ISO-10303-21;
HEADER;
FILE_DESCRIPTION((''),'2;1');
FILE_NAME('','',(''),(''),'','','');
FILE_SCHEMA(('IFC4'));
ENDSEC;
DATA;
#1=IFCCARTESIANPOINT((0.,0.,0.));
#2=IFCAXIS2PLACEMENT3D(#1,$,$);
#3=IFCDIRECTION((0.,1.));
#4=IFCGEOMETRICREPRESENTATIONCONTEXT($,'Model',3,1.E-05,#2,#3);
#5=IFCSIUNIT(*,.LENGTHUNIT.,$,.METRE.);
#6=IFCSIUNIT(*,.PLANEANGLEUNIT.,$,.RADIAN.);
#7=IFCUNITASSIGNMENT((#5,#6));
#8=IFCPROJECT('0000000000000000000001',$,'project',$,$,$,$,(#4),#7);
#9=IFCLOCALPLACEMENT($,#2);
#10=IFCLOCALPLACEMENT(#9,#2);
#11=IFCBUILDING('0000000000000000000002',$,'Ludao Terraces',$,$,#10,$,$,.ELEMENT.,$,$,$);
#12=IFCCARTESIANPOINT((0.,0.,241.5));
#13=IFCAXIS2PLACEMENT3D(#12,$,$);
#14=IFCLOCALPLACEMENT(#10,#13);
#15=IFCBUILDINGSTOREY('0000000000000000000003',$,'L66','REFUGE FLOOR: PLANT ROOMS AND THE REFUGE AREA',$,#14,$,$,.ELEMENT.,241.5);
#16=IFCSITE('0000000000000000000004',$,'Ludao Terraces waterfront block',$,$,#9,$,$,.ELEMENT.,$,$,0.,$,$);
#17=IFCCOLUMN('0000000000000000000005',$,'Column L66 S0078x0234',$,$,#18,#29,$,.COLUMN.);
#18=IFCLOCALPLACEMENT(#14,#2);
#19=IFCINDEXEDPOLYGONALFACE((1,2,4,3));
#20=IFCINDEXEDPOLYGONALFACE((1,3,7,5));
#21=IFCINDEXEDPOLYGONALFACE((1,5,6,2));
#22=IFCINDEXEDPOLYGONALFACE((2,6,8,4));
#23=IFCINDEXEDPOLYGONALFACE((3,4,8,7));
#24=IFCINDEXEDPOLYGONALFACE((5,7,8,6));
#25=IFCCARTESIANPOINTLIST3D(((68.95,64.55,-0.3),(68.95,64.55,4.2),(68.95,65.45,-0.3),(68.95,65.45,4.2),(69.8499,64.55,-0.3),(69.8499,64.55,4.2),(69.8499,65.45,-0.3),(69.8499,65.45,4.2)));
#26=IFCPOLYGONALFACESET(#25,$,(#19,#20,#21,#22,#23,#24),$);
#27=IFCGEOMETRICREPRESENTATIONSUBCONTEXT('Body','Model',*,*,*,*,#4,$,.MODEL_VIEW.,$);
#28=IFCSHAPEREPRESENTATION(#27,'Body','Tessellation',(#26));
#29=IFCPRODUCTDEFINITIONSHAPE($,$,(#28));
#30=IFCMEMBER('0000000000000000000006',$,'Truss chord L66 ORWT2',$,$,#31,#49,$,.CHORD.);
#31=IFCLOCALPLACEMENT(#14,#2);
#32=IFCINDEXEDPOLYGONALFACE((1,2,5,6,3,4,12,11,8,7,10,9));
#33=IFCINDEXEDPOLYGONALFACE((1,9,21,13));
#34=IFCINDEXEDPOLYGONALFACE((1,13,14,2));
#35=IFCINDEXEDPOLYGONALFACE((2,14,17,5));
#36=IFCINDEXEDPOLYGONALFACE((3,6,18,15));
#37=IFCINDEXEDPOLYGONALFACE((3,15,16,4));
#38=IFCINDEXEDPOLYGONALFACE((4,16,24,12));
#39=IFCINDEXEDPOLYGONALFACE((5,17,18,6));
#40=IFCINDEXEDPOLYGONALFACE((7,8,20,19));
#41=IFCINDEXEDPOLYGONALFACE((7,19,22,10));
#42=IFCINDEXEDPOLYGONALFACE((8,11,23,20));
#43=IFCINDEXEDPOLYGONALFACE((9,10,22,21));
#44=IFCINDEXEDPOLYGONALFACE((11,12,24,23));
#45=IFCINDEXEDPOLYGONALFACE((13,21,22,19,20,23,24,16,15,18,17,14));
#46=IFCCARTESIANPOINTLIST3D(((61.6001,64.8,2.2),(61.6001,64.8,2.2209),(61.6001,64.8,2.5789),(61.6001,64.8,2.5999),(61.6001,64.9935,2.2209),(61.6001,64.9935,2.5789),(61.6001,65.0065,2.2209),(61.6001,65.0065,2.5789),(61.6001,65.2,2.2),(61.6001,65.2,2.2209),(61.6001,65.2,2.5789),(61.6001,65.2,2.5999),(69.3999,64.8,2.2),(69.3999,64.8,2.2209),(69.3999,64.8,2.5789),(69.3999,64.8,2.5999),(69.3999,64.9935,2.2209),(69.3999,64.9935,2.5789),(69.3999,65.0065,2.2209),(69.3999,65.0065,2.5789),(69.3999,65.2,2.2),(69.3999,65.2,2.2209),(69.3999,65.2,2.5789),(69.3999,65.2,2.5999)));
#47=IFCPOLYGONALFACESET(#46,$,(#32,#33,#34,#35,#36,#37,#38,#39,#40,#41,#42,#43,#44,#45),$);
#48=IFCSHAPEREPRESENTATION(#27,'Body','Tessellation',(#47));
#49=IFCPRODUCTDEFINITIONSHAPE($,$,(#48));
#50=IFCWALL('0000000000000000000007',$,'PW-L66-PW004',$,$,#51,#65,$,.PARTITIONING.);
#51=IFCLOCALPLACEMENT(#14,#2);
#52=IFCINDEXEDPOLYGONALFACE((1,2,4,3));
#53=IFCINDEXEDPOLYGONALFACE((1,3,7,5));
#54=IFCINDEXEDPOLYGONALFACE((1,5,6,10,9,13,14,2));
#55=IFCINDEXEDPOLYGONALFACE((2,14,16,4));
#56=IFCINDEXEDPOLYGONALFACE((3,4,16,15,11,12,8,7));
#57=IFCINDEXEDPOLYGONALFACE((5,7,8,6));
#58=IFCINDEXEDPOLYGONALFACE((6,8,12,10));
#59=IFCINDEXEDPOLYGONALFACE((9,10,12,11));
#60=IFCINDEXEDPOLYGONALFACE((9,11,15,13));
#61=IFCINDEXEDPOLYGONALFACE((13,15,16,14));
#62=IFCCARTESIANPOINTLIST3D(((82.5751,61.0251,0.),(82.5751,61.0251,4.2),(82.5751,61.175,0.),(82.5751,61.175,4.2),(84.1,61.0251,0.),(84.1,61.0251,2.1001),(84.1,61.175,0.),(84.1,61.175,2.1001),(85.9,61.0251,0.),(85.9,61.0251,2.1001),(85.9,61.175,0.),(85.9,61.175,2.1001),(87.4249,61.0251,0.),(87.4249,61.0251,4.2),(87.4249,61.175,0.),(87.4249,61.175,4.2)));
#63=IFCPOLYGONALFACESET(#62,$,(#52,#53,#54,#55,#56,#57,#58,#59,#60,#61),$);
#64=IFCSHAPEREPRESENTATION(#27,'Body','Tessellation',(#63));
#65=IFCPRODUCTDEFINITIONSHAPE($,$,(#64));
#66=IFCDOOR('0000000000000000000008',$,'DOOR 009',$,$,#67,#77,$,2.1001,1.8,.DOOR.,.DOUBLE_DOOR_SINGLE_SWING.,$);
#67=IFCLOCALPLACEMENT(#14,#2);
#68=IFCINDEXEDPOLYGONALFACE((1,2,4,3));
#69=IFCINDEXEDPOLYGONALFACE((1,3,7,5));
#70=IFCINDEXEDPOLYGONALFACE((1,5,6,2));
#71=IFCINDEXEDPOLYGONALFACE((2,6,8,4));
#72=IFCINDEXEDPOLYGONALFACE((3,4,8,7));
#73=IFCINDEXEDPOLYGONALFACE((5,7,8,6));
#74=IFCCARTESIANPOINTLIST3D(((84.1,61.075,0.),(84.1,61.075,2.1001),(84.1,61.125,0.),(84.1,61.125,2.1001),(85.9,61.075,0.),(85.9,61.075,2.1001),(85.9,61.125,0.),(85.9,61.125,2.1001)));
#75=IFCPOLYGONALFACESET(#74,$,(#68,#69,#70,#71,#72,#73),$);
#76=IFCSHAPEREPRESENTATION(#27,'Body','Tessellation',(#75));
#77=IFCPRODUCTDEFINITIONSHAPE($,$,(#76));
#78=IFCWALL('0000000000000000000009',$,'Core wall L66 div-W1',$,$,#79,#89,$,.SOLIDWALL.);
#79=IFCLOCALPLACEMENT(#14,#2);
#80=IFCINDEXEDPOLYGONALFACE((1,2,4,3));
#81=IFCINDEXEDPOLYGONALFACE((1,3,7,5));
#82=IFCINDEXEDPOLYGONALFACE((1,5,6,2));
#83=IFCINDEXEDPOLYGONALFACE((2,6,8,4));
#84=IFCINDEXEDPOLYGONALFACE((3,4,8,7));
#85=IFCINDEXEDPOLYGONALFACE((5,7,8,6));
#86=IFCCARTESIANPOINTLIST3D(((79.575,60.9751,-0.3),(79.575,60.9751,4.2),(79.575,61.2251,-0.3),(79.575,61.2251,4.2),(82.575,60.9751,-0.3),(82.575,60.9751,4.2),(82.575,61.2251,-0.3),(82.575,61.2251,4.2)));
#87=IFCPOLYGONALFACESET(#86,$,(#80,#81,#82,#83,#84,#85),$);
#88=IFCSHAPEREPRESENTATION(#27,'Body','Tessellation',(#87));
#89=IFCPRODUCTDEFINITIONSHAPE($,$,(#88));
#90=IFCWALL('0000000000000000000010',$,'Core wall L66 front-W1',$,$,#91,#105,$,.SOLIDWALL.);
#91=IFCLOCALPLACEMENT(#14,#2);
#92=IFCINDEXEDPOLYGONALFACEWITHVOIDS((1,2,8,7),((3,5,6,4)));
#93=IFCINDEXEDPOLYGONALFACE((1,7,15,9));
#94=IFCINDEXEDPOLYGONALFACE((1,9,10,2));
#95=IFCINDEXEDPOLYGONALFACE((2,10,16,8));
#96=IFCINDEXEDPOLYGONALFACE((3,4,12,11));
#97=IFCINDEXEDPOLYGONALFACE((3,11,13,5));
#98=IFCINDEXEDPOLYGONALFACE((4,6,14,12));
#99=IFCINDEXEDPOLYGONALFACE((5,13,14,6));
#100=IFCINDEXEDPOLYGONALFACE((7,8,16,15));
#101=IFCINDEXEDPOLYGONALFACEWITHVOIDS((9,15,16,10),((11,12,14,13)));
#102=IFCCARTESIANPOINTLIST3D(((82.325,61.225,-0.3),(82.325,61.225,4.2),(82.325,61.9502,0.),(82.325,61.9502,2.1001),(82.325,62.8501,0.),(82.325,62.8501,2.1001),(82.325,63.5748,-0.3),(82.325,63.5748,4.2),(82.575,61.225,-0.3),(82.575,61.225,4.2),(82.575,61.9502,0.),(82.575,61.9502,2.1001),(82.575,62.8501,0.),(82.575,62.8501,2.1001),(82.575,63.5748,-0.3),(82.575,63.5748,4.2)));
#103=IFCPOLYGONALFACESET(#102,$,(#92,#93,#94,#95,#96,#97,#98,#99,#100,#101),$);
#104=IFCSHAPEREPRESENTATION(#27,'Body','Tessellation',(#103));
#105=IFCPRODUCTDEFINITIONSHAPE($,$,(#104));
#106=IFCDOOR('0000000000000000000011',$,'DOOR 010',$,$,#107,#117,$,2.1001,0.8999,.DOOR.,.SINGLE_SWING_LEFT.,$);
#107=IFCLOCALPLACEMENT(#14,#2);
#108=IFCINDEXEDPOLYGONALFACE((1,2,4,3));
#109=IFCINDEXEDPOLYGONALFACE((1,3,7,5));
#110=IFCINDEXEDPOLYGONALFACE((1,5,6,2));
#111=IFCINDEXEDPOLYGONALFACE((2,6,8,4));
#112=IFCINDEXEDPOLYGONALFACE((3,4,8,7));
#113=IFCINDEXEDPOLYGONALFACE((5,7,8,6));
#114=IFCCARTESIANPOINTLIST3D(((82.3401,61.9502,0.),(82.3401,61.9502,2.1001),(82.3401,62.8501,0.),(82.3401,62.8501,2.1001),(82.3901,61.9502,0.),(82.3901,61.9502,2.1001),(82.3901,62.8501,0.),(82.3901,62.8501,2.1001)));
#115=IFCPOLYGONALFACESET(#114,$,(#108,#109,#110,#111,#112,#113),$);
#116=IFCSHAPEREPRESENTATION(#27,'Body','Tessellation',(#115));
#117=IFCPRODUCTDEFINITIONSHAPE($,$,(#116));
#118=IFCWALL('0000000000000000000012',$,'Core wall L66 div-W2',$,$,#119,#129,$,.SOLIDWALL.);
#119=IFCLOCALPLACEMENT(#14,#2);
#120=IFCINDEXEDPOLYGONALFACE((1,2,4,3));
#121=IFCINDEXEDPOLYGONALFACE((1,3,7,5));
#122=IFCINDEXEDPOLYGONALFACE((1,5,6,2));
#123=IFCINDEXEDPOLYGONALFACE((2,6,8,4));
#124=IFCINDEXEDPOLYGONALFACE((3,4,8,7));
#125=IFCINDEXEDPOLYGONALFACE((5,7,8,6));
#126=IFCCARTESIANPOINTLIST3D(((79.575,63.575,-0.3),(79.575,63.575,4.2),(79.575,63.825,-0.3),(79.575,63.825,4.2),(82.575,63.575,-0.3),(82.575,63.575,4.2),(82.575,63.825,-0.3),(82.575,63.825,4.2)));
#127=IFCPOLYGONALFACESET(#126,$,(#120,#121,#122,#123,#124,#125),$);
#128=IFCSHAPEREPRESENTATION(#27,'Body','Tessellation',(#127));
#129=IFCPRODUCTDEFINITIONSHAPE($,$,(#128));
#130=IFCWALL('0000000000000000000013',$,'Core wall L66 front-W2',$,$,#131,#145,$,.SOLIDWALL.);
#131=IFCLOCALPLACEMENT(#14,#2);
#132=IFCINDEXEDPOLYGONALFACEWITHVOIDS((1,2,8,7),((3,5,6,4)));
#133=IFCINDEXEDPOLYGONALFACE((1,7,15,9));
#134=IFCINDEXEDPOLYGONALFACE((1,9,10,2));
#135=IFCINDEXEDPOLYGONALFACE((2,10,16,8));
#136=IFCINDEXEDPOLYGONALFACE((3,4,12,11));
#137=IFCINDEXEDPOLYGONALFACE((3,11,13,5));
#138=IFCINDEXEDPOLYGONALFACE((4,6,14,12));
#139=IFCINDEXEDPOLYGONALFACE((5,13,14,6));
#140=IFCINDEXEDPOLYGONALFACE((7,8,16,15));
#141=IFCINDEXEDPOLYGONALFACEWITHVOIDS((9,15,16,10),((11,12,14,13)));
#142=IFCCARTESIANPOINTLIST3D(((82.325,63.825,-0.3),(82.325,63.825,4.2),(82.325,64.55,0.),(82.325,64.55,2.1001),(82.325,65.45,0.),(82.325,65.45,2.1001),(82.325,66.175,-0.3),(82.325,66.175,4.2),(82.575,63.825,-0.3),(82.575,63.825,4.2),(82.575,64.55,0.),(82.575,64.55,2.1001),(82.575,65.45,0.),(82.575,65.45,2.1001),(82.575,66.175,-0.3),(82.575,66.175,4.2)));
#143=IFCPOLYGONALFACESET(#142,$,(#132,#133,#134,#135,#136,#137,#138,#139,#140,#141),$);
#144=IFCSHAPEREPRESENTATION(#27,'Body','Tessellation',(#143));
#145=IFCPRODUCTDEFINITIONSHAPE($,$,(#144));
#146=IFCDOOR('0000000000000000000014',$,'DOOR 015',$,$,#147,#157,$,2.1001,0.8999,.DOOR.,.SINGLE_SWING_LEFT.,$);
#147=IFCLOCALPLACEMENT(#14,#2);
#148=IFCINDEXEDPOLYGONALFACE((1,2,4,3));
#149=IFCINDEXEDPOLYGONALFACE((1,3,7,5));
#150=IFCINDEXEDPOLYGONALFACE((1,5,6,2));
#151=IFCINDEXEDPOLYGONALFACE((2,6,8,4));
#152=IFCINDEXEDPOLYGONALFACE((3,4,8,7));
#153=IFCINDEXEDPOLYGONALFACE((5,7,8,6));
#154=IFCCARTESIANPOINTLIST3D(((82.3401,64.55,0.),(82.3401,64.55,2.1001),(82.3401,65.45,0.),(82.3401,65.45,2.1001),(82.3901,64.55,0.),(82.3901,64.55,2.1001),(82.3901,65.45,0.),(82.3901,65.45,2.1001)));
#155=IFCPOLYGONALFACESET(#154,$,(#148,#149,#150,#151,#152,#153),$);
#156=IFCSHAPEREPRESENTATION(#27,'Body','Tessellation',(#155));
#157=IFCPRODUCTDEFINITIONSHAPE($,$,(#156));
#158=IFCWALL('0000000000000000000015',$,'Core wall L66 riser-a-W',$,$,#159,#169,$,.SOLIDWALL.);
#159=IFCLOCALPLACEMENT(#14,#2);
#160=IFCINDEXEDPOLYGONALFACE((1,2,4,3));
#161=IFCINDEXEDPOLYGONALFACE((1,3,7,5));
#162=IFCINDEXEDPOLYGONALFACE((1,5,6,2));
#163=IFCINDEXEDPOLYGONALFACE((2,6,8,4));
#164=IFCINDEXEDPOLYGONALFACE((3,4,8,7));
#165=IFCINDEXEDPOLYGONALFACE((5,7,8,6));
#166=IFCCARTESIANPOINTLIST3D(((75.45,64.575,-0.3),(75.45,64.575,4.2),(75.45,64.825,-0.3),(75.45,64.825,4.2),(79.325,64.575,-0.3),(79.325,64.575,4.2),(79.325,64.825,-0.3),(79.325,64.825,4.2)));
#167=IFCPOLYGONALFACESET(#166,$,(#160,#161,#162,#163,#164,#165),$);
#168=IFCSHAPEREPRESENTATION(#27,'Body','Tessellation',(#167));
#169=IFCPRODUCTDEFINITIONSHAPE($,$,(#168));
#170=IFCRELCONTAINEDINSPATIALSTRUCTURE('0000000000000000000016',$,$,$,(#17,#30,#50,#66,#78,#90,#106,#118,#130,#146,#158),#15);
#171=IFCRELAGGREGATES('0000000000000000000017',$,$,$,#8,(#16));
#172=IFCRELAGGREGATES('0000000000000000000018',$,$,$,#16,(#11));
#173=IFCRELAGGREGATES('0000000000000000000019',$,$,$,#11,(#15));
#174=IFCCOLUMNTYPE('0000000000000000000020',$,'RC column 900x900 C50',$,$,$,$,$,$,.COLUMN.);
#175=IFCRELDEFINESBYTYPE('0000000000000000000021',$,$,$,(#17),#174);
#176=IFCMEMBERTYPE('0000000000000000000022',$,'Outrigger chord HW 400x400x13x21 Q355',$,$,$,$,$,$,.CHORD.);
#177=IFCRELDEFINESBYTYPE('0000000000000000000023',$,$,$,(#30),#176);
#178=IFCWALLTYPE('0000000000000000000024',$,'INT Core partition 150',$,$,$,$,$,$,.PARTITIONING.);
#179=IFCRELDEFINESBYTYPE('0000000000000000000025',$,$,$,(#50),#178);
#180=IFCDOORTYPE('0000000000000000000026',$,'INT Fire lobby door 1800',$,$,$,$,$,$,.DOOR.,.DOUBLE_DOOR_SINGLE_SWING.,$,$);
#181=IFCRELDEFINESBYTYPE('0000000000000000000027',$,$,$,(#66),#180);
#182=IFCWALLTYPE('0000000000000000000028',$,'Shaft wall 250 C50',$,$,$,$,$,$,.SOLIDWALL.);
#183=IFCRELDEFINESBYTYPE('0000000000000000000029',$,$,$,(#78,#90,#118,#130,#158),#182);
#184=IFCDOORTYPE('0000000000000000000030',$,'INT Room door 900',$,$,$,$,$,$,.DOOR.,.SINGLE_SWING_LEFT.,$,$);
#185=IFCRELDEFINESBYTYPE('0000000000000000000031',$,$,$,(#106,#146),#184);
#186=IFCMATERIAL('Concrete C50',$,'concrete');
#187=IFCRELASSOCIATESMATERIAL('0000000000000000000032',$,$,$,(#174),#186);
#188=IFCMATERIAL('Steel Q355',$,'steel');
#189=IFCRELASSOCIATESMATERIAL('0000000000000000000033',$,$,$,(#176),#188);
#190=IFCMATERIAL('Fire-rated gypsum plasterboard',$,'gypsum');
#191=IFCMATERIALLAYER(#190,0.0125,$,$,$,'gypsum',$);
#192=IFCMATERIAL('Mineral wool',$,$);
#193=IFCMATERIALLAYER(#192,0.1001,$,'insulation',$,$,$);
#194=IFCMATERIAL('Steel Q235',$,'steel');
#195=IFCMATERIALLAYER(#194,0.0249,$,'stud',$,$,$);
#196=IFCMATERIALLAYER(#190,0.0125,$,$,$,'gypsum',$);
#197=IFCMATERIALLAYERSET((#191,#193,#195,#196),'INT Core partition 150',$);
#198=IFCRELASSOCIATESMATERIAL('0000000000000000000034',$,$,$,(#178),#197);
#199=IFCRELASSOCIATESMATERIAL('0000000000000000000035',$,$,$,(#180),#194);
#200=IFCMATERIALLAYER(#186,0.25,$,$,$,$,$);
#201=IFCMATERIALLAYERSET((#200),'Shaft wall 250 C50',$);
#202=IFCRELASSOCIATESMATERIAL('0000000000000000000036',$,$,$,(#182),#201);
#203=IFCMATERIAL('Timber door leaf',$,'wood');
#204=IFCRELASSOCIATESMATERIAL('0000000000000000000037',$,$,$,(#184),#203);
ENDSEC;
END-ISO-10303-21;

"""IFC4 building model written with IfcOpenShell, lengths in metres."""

from ifc_helpers import new_model, si_unit, direction, frame, frame_2d, origin, origin_2d, place, context, subcontext, project, spatial, rectangle, i_section, extrude, material, layer, layer_set, material_profile, profile_set, type_object, element, fill, save


model = new_model("IFC4")

# Units and contexts
model_context = context("Model", 3, precision=1e-05, world=origin(), true_north=direction((0.0, 1.0)))
body_context = subcontext(model_context, "Body", "Model", "MODEL_VIEW")
ifc_project = project(units=[si_unit("LENGTHUNIT", "METRE"), si_unit("PLANEANGLEUNIT", "RADIAN")], contexts=[model_context])

# Site, building, storey
site_placement = place(None, origin())
site = spatial("IfcSite", under=ifc_project, at=site_placement, Name="Ludao Terraces waterfront block", CompositionType="ELEMENT", RefElevation=0.0)
building_placement = place(site_placement, origin())
building = spatial("IfcBuilding", under=site, at=building_placement, Name="Ludao Terraces", CompositionType="ELEMENT")
storey_placement = place(building_placement, frame((0.0, 0.0, 241.5)))
storey = spatial("IfcBuildingStorey", under=building, at=storey_placement, Name="L66", Description="REFUGE FLOOR: PLANT ROOMS AND THE REFUGE AREA", CompositionType="ELEMENT", Elevation=241.5)

# Column
ifc_material_1 = material(Name="Concrete C50", Category="concrete")
ifc_material_profile_1 = material_profile(ifc_material_1, rectangle(XDim=0.8999, YDim=0.8999, at=origin_2d()), Name="900 X 900")
ifc_profile_set_1 = profile_set([ifc_material_profile_1], Name="Concrete C50")
column_type = type_object("IfcColumnType", Name="RC column 900x900 C50", PredefinedType="COLUMN", material=ifc_profile_set_1)
column_placement = place(storey_placement, frame((69.3999, 65.0, -0.3), z_axis=(0.0, 0.0, 1.0), x_axis=(1.0, 0.0, 0.0)))
element("IfcColumn", 1, at=column_placement, inside=storey, type_object=column_type, Name="Column L66 S0078x0234", PredefinedType="COLUMN", context=body_context, shape_type="SweptSolid", body=[
    extrude(rectangle(XDim=0.8999, YDim=0.8999, at=origin_2d()), origin(), (0.0, 0.0, 1.0), 4.5),
])

# Member
ifc_material_2 = material(Name="Steel Q355", Category="steel")
ifc_material_profile_2 = material_profile(ifc_material_2, i_section(OverallWidth=0.3999, OverallDepth=0.3999, WebThickness=0.0129, FlangeThickness=0.021, at=origin_2d()), Name="HW 400X400X13X21")
ifc_profile_set_2 = profile_set([ifc_material_profile_2], Name="Steel Q355")
member_type = type_object("IfcMemberType", Name="Outrigger chord HW 400x400x13x21 Q355", PredefinedType="CHORD", material=ifc_profile_set_2)
member_placement = place(storey_placement, frame((69.3999, 65.0, 2.3999), z_axis=(-1.0, 0.0, 0.0), x_axis=(0.0, -1.0, 0.0)))
element("IfcMember", 2, at=member_placement, inside=storey, type_object=member_type, Name="Truss chord L66 ORWT2", PredefinedType="CHORD", context=body_context, shape_type="SweptSolid", body=[
    extrude(i_section(OverallWidth=0.3999, OverallDepth=0.3999, WebThickness=0.0129, FlangeThickness=0.021, at=origin_2d()), origin(), (0.0, 0.0, 1.0), 7.7998),
])

# Wall, opening, door
ifc_material_3 = material(Name="Fire-rated gypsum plasterboard", Category="gypsum")
ifc_layer_1 = layer(ifc_material_3, 0.0125, Category="gypsum")
ifc_material_4 = material(Name="Mineral wool")
ifc_layer_2 = layer(ifc_material_4, 0.1001, Name="insulation")
ifc_material_5 = material(Name="Steel Q235", Category="steel")
ifc_layer_3 = layer(ifc_material_5, 0.0249, Name="stud")
ifc_layer_4 = layer(ifc_material_3, 0.0125, Category="gypsum")
ifc_layer_set_1 = layer_set([ifc_layer_1, ifc_layer_2, ifc_layer_3, ifc_layer_4], Name="INT Core partition 150")
wall_type_1 = type_object("IfcWallType", Name="INT Core partition 150", PredefinedType="PARTITIONING", material=ifc_layer_set_1)
wall_1_placement = place(storey_placement, frame((82.5752, 61.1001, 0.0), z_axis=(0.0, 0.0, 1.0), x_axis=(1.0, 0.0, 0.0)))
wall_1 = element("IfcWall", 3, at=wall_1_placement, inside=storey, type_object=wall_type_1, Name="PW-L66-PW004", PredefinedType="PARTITIONING", context=body_context, shape_type="SweptSolid", body=[
    extrude(rectangle(XDim=4.8499, YDim=0.1499, at=frame_2d((2.4248, 0.0))), origin(), (0.0, 0.0, 1.0), 4.2),
])
opening_1_placement = place(wall_1_placement, frame((1.5249, 0.0, 0.0)))
opening_1 = element("IfcOpeningElement", 4, at=opening_1_placement, cuts=wall_1, PredefinedType="OPENING", context=body_context, shape_type="SweptSolid", body=[
    extrude(rectangle(XDim=1.8, YDim=2.1001, at=frame_2d((0.8999, 1.05))), frame((0.0, 0.085, 0.0), z_axis=(0.0, -1.0, 0.0), x_axis=(1.0, 0.0, 0.0)), (0.0, 0.0, 1.0), 0.1699),
])
door_type_1 = type_object("IfcDoorType", Name="INT Fire lobby door 1800", OperationType="DOUBLE_DOOR_SINGLE_SWING", PredefinedType="DOOR", material=ifc_material_5)
door_1_placement = place(opening_1_placement, origin())
door_1 = element("IfcDoor", 5, at=door_1_placement, inside=storey, type_object=door_type_1, Name="DOOR 009", OperationType="DOUBLE_DOOR_SINGLE_SWING", OverallHeight=2.1001, OverallWidth=1.8, PredefinedType="DOOR", context=body_context, shape_type="SweptSolid", body=[
    extrude(rectangle(XDim=1.8, YDim=2.1001, at=frame_2d((0.8999, 1.05))), frame((0.0, 0.0249, 0.0), z_axis=(0.0, -1.0, 0.0), x_axis=(1.0, 0.0, 0.0)), (0.0, 0.0, 1.0), 0.05),
])
fill(opening_1, door_1)

# Wall
ifc_layer_5 = layer(ifc_material_1, 0.25)
ifc_layer_set_2 = layer_set([ifc_layer_5], Name="Shaft wall 250 C50")
wall_type_2 = type_object("IfcWallType", Name="Shaft wall 250 C50", PredefinedType="SOLIDWALL", material=ifc_layer_set_2)
wall_2_placement = place(storey_placement, frame((79.575, 61.1001, -0.3), z_axis=(0.0, 0.0, 1.0), x_axis=(1.0, 0.0, 0.0)))
element("IfcWall", 6, at=wall_2_placement, inside=storey, type_object=wall_type_2, Name="Core wall L66 div-W1", PredefinedType="SOLIDWALL", context=body_context, shape_type="SweptSolid", body=[
    extrude(rectangle(XDim=3.0, YDim=0.25, at=frame_2d((1.5, 0.0))), origin(), (0.0, 0.0, 1.0), 4.5),
])

# Wall, opening, door
wall_3_placement = place(storey_placement, frame((82.45, 61.2251, -0.3), z_axis=(0.0, 0.0, 1.0), x_axis=(0.0, 1.0, 0.0)))
wall_3 = element("IfcWall", 7, at=wall_3_placement, inside=storey, type_object=wall_type_2, Name="Core wall L66 front-W1", PredefinedType="SOLIDWALL", context=body_context, shape_type="SweptSolid", body=[
    extrude(rectangle(XDim=2.3499, YDim=0.25, at=frame_2d((1.1748, 0.0))), origin(), (0.0, 0.0, 1.0), 4.5),
])
opening_2_placement = place(wall_3_placement, frame((0.7251, 0.0, 0.3)))
opening_2 = element("IfcOpeningElement", 8, at=opening_2_placement, cuts=wall_3, PredefinedType="OPENING", context=body_context, shape_type="SweptSolid", body=[
    extrude(rectangle(XDim=0.8999, YDim=2.1001, at=frame_2d((0.45, 1.05))), frame((0.0, 0.135, 0.0), z_axis=(0.0, -1.0, 0.0), x_axis=(1.0, 0.0, 0.0)), (0.0, 0.0, 1.0), 0.27),
])
ifc_material_6 = material(Name="Timber door leaf", Category="wood")
door_type_2 = type_object("IfcDoorType", Name="INT Room door 900", OperationType="SINGLE_SWING_LEFT", PredefinedType="DOOR", material=ifc_material_6)
door_2_placement = place(opening_2_placement, origin())
door_2 = element("IfcDoor", 9, at=door_2_placement, inside=storey, type_object=door_type_2, Name="DOOR 010", OperationType="SINGLE_SWING_LEFT", OverallHeight=2.1001, OverallWidth=0.8999, PredefinedType="DOOR", context=body_context, shape_type="SweptSolid", body=[
    extrude(rectangle(XDim=0.8999, YDim=2.1001, at=frame_2d((0.45, 1.05))), frame((0.0, 0.1099, 0.0), z_axis=(0.0, -1.0, 0.0), x_axis=(1.0, 0.0, 0.0)), (0.0, 0.0, 1.0), 0.05),
])
fill(opening_2, door_2)

# Wall
wall_4_placement = place(storey_placement, frame((79.575, 63.7, -0.3), z_axis=(0.0, 0.0, 1.0), x_axis=(1.0, 0.0, 0.0)))
element("IfcWall", 10, at=wall_4_placement, inside=storey, type_object=wall_type_2, Name="Core wall L66 div-W2", PredefinedType="SOLIDWALL", context=body_context, shape_type="SweptSolid", body=[
    extrude(rectangle(XDim=3.0, YDim=0.25, at=frame_2d((1.5, 0.0))), origin(), (0.0, 0.0, 1.0), 4.5),
])

# Wall, opening, door
wall_5_placement = place(storey_placement, frame((82.45, 63.825, -0.3), z_axis=(0.0, 0.0, 1.0), x_axis=(0.0, 1.0, 0.0)))
wall_5 = element("IfcWall", 11, at=wall_5_placement, inside=storey, type_object=wall_type_2, Name="Core wall L66 front-W2", PredefinedType="SOLIDWALL", context=body_context, shape_type="SweptSolid", body=[
    extrude(rectangle(XDim=2.3501, YDim=0.25, at=frame_2d((1.175, 0.0))), origin(), (0.0, 0.0, 1.0), 4.5),
])
opening_3_placement = place(wall_5_placement, frame((0.7251, 0.0, 0.3)))
opening_3 = element("IfcOpeningElement", 12, at=opening_3_placement, cuts=wall_5, PredefinedType="OPENING", context=body_context, shape_type="SweptSolid", body=[
    extrude(rectangle(XDim=0.8999, YDim=2.1001, at=frame_2d((0.45, 1.05))), frame((0.0, 0.135, 0.0), z_axis=(0.0, -1.0, 0.0), x_axis=(1.0, 0.0, 0.0)), (0.0, 0.0, 1.0), 0.27),
])
door_3_placement = place(opening_3_placement, origin())
door_3 = element("IfcDoor", 13, at=door_3_placement, inside=storey, type_object=door_type_2, Name="DOOR 015", OperationType="SINGLE_SWING_LEFT", OverallHeight=2.1001, OverallWidth=0.8999, PredefinedType="DOOR", context=body_context, shape_type="SweptSolid", body=[
    extrude(rectangle(XDim=0.8999, YDim=2.1001, at=frame_2d((0.45, 1.05))), frame((0.0, 0.1099, 0.0), z_axis=(0.0, -1.0, 0.0), x_axis=(1.0, 0.0, 0.0)), (0.0, 0.0, 1.0), 0.05),
])
fill(opening_3, door_3)

# Wall
wall_6_placement = place(storey_placement, frame((75.45, 64.7, -0.3), z_axis=(0.0, 0.0, 1.0), x_axis=(1.0, 0.0, 0.0)))
element("IfcWall", 14, at=wall_6_placement, inside=storey, type_object=wall_type_2, Name="Core wall L66 riser-a-W", PredefinedType="SOLIDWALL", context=body_context, shape_type="SweptSolid", body=[
    extrude(rectangle(XDim=3.875, YDim=0.25, at=frame_2d((1.9375, 0.0))), origin(), (0.0, 0.0, 1.0), 4.5),
])

save(model, "model.ifc")
